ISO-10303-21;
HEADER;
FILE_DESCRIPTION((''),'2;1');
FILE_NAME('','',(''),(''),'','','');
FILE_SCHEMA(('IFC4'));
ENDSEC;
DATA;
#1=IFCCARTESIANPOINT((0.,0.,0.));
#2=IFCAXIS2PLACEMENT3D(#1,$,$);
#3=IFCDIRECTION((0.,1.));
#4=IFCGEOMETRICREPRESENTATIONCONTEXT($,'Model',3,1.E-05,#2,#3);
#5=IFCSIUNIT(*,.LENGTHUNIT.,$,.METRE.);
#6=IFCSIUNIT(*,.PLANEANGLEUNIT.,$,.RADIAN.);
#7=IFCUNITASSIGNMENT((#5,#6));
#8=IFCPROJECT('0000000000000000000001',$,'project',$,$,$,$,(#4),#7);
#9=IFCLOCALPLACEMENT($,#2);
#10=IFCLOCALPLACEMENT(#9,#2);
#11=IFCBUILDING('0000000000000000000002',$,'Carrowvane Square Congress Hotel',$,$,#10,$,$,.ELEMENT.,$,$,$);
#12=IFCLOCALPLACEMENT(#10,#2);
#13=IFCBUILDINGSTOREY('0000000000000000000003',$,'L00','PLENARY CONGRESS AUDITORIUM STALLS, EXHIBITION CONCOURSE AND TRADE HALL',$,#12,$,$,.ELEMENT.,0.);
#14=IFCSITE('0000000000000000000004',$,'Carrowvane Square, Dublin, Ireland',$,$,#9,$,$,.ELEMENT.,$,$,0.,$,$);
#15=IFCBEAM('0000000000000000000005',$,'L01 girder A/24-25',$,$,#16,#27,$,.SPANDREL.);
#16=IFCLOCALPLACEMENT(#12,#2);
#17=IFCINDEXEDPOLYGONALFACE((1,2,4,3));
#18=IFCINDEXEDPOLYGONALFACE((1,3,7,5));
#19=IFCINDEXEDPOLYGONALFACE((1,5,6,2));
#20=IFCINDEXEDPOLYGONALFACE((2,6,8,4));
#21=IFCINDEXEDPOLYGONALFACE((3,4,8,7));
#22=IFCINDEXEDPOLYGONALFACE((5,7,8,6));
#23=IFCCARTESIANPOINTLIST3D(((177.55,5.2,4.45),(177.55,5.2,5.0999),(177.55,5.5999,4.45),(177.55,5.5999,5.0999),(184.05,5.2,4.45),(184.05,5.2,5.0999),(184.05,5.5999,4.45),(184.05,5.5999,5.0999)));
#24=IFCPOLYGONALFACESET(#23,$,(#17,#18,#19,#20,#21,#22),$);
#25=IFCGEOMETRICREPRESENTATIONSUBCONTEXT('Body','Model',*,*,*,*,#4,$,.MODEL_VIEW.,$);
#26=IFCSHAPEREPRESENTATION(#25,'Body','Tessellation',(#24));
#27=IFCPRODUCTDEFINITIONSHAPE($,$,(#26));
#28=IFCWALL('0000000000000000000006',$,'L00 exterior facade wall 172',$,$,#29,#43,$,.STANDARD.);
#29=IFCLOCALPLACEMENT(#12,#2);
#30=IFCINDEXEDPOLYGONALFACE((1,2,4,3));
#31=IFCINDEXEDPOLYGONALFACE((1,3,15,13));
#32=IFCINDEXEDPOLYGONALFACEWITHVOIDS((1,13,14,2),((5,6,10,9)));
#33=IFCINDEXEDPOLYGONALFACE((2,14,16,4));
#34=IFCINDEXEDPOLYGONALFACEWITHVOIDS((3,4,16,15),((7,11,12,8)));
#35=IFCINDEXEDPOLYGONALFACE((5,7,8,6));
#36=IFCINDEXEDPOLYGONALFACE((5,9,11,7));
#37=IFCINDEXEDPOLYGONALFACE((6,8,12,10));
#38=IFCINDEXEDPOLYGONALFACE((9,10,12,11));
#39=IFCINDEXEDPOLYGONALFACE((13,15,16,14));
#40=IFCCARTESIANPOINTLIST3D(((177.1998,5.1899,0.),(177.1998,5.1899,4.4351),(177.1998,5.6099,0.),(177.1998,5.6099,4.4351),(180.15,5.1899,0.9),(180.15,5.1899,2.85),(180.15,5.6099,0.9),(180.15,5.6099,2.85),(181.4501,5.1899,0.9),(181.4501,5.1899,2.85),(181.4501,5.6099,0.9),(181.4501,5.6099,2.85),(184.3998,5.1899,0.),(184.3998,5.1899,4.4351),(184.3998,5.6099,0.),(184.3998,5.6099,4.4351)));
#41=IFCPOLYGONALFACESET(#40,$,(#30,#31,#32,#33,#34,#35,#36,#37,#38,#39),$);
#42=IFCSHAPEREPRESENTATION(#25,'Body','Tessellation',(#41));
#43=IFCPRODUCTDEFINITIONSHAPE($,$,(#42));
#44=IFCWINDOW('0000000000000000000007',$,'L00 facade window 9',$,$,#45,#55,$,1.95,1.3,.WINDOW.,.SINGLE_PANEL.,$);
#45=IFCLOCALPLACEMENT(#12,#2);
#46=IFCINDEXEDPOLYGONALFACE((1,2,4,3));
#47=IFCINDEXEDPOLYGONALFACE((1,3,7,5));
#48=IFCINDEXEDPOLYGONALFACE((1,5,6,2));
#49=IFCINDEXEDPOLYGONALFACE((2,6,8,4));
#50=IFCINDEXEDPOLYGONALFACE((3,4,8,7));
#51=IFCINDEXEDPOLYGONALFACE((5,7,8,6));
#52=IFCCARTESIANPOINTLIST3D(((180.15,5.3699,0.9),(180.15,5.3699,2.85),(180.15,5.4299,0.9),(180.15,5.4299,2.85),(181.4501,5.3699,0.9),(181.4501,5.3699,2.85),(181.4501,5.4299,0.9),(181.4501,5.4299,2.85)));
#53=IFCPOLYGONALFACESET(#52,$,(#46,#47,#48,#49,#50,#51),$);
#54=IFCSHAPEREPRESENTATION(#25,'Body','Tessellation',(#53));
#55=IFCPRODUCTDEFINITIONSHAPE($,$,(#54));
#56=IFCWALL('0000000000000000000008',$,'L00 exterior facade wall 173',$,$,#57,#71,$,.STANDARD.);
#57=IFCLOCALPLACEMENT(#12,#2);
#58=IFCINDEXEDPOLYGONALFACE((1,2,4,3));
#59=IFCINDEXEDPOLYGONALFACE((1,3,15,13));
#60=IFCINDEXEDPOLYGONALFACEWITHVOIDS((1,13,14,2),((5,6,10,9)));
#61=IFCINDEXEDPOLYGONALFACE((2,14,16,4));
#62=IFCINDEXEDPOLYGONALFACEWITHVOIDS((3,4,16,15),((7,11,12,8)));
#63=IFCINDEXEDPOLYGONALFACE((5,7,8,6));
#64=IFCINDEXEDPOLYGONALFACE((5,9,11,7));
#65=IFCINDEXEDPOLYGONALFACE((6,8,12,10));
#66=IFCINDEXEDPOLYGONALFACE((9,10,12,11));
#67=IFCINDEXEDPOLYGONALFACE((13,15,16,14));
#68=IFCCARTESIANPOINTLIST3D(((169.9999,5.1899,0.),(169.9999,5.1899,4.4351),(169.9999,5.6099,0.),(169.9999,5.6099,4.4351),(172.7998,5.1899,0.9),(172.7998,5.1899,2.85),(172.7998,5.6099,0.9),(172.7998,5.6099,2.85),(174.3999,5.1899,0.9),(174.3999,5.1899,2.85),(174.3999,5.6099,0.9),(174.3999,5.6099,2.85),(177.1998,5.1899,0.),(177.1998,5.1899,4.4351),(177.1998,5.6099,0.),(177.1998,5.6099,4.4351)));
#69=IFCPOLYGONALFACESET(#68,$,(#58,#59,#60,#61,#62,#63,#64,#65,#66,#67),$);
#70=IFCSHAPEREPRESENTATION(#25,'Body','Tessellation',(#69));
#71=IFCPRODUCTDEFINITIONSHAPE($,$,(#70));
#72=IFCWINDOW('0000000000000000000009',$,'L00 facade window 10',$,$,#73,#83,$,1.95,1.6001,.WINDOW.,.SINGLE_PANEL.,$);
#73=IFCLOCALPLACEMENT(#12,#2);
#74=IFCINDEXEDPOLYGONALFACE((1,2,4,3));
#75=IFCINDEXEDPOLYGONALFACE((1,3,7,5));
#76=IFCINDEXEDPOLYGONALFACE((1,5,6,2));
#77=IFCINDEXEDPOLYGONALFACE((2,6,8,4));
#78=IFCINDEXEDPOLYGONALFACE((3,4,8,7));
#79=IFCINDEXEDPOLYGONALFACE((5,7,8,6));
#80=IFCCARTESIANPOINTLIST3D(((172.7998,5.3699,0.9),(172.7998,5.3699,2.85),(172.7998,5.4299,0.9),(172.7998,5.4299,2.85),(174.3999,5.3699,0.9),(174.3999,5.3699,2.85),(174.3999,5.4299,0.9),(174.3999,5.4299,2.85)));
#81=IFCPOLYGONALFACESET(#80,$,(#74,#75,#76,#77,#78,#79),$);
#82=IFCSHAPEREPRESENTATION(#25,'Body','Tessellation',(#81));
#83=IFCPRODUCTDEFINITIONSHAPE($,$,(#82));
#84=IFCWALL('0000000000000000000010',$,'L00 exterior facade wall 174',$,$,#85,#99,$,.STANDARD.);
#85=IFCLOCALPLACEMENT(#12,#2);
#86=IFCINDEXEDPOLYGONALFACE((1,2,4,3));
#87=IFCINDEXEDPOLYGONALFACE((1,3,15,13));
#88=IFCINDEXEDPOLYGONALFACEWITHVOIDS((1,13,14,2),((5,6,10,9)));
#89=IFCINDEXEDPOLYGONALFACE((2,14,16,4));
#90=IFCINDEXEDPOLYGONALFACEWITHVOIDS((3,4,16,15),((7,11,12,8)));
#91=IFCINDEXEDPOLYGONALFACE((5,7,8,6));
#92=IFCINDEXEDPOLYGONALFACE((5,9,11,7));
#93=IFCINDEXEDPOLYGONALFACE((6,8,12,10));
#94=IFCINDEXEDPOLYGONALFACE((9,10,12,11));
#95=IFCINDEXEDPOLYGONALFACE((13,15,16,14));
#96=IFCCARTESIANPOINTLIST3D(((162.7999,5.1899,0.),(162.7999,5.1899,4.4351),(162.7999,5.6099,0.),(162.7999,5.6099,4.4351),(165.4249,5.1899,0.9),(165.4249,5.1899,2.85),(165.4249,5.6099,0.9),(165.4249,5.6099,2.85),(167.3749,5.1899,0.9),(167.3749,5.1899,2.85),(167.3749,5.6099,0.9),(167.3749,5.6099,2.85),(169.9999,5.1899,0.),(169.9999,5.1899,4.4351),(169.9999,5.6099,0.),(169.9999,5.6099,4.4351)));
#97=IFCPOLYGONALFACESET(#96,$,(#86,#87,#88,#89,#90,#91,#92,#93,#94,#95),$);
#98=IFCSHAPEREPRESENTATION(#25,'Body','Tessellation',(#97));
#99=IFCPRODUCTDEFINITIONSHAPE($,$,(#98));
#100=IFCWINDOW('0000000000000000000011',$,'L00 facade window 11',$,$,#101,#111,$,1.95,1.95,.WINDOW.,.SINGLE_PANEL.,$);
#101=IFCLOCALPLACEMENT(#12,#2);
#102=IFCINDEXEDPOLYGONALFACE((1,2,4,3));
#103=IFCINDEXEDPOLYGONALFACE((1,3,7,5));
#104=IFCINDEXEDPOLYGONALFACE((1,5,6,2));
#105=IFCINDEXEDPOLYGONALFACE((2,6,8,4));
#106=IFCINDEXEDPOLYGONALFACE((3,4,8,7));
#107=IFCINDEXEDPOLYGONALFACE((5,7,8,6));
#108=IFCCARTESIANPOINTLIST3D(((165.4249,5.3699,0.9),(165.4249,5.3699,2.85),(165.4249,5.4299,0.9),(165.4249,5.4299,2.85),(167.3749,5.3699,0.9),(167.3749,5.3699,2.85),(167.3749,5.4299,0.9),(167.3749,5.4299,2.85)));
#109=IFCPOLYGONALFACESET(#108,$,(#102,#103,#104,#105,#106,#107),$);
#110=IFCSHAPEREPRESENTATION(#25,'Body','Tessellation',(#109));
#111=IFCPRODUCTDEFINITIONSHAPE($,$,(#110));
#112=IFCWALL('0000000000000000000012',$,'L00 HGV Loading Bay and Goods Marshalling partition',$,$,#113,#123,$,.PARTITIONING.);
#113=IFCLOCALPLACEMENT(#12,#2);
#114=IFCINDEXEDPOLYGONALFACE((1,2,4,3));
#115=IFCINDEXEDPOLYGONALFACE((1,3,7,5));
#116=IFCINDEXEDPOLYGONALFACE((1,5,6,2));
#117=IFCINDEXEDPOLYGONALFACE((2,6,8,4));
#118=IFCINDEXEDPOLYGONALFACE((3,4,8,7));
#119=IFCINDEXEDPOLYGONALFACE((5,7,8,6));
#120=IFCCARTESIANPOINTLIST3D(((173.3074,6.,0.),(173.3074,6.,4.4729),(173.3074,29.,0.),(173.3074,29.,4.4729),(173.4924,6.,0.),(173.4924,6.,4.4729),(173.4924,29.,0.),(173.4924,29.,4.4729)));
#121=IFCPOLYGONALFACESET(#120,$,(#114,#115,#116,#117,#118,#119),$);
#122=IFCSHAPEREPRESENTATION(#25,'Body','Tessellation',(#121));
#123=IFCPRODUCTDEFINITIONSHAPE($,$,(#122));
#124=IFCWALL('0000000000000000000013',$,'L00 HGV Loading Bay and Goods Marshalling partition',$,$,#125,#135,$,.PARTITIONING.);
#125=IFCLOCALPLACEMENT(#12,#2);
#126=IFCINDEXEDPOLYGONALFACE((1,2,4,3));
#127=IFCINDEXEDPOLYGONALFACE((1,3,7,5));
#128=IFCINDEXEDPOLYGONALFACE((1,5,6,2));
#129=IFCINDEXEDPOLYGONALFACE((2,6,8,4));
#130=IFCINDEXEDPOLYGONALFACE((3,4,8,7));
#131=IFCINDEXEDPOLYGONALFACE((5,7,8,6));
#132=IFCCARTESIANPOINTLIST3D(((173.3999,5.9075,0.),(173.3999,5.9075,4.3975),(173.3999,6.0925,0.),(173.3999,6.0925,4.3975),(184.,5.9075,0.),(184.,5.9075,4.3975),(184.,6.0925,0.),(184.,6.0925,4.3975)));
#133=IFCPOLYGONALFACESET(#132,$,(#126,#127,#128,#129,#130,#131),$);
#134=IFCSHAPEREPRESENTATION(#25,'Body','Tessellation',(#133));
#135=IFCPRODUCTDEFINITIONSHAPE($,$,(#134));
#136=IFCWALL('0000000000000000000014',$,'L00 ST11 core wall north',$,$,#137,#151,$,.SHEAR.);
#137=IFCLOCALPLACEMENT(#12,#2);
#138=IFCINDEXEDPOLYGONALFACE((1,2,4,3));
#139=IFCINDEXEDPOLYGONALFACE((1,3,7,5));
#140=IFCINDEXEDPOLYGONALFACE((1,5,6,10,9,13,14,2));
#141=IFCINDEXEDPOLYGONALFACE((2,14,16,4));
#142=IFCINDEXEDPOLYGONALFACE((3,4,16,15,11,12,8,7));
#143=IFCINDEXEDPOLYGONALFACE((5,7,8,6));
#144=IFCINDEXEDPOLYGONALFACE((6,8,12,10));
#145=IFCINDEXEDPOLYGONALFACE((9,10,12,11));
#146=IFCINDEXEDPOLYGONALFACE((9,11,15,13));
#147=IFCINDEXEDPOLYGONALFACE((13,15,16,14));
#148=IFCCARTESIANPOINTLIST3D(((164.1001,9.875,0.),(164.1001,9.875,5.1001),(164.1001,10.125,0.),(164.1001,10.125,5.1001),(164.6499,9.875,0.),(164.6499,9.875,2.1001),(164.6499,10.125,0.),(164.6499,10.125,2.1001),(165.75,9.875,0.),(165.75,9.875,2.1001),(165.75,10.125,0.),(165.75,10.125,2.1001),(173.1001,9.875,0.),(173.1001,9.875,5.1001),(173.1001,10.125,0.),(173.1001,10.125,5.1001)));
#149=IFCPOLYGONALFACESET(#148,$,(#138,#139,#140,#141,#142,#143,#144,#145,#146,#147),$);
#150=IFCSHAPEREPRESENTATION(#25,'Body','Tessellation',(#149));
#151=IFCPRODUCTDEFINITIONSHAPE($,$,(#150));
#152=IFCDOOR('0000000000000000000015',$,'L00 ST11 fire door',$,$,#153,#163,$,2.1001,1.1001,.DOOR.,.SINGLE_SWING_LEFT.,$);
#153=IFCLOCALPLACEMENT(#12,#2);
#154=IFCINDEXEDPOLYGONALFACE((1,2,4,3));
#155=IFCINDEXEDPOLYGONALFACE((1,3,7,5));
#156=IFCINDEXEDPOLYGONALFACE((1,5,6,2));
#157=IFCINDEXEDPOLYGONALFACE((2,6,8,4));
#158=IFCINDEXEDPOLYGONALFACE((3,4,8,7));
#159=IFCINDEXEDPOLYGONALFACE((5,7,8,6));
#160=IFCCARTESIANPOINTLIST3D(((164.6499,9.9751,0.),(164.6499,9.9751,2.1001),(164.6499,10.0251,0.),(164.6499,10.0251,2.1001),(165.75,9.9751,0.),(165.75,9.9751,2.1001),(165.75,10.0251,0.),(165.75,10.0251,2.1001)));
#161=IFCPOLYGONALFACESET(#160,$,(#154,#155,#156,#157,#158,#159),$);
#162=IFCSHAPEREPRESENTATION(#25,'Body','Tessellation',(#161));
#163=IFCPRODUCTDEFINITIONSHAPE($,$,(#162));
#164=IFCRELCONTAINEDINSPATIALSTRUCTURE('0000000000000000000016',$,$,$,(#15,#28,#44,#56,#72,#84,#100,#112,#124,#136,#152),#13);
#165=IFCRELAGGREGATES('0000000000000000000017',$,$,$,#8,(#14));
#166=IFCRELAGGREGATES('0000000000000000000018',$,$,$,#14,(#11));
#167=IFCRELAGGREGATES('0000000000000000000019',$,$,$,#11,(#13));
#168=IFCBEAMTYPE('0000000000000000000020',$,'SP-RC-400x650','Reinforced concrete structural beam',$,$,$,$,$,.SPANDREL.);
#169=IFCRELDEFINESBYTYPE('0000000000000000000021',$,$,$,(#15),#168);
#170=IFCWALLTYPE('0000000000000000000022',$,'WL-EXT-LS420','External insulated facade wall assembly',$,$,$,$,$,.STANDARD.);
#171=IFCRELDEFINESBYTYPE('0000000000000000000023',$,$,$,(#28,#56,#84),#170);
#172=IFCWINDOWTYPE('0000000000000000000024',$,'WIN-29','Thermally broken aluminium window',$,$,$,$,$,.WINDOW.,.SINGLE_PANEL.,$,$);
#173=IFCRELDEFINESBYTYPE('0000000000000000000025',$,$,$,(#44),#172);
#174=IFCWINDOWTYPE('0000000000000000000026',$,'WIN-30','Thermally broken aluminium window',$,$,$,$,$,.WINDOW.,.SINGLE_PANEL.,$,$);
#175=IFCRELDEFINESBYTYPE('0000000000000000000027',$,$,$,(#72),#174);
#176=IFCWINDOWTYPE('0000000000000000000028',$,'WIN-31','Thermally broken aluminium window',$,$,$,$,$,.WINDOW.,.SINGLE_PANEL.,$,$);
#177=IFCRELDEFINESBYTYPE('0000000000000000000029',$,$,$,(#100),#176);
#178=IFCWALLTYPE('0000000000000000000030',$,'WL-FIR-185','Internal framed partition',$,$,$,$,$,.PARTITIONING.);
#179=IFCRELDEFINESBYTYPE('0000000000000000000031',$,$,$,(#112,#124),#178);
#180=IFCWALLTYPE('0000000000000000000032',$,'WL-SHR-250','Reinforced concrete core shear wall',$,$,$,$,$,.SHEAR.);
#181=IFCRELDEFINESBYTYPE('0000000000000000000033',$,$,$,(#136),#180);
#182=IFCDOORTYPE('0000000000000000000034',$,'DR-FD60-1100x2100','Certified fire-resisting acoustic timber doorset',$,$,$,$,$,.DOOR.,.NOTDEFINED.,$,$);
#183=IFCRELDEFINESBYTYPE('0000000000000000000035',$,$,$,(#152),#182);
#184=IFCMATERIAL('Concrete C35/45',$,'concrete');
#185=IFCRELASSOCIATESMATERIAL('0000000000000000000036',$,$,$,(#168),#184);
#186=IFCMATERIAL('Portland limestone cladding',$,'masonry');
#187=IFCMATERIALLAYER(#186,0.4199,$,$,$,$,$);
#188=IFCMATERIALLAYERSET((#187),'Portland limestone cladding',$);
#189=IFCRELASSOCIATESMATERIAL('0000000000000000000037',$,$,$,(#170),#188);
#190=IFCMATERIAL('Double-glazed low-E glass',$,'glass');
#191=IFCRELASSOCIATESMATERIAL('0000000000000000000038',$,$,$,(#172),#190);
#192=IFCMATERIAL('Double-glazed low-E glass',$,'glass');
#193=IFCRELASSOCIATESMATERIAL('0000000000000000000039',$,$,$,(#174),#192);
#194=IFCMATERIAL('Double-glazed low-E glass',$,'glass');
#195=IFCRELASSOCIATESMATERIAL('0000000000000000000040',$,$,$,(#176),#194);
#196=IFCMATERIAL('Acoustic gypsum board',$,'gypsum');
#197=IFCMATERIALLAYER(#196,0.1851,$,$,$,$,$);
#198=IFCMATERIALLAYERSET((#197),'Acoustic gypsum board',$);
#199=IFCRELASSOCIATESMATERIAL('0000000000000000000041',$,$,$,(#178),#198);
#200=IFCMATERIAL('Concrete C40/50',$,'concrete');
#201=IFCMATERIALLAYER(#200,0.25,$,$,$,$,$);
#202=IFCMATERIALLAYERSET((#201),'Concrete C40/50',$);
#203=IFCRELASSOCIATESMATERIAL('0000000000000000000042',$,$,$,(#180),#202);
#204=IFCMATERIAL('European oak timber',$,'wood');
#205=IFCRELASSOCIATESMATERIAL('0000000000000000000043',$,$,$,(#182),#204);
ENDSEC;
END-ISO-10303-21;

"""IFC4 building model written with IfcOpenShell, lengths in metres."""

from ifc_helpers import new_model, si_unit, direction, frame, frame_2d, origin, origin_2d, place, context, subcontext, project, spatial, rectangle, extrude, material, layer, layer_set, material_profile, profile_set, type_object, element, fill, save


model = new_model("IFC4")

# Units and contexts
model_context = context("Model", 3, precision=1e-05, world=origin(), true_north=direction((0.0, 1.0)))
body_context = subcontext(model_context, "Body", "Model", "MODEL_VIEW")
ifc_project = project(units=[si_unit("LENGTHUNIT", "METRE"), si_unit("PLANEANGLEUNIT", "RADIAN")], contexts=[model_context])

# Site, building, storey
site_placement = place(None, origin())
site = spatial("IfcSite", under=ifc_project, at=site_placement, Name="Carrowvane Square, Dublin, Ireland", CompositionType="ELEMENT", RefElevation=0.0)
building_placement = place(site_placement, origin())
building = spatial("IfcBuilding", under=site, at=building_placement, Name="Carrowvane Square Congress Hotel", CompositionType="ELEMENT")
storey_placement = place(building_placement, origin())
storey = spatial("IfcBuildingStorey", under=building, at=storey_placement, Name="L00", Description="PLENARY CONGRESS AUDITORIUM STALLS, EXHIBITION CONCOURSE AND TRADE HALL", CompositionType="ELEMENT", Elevation=0.0)

# Beam
ifc_material_1 = material(Name="Concrete C35/45", Category="concrete")
ifc_material_profile_1 = material_profile(ifc_material_1, rectangle(XDim=0.3999, YDim=0.6499, at=origin_2d()), Name="RC 400x650")
ifc_profile_set_1 = profile_set([ifc_material_profile_1], Name="Concrete C35/45")
beam_type_1 = type_object("IfcBeamType", Name="SP-RC-400x650", Description="Reinforced concrete structural beam", PredefinedType="SPANDREL", material=ifc_profile_set_1)
for number, where, z_axis, x_axis, name in (
    (1, (177.55, 5.3999, 4.7749), (1.0, 0.0, 0.0), (0.0, 1.0, 0.0), "L01 girder A/24-25"),
):
    element("IfcBeam", number, at=place(storey_placement, frame(where, z_axis=z_axis, x_axis=x_axis)), inside=storey, type_object=beam_type_1, Name=name, PredefinedType="SPANDREL", context=body_context, shape_type="SweptSolid", body=[
        extrude(rectangle(XDim=0.3999, YDim=0.6499, at=origin_2d()), origin(), (0.0, 0.0, 1.0), 6.5),
    ])

# Walls, openings, windows
ifc_material_2 = material(Name="Portland limestone cladding", Category="masonry")
ifc_layer_1 = layer(ifc_material_2, 0.4199)
ifc_layer_set_1 = layer_set([ifc_layer_1], Name="Portland limestone cladding")
wall_type_1 = type_object("IfcWallType", Name="WL-EXT-LS420", Description="External insulated facade wall assembly", PredefinedType="STANDARD", material=ifc_layer_set_1)
wall_1_placement = place(storey_placement, frame((184.3999, 5.3999, 0.0), z_axis=(0.0, 0.0, 1.0), x_axis=(-1.0, 0.0, 0.0)))
wall_1 = element("IfcWall", 2, at=wall_1_placement, inside=storey, type_object=wall_type_1, Name="L00 exterior facade wall 172", PredefinedType="STANDARD", context=body_context, shape_type="SweptSolid", body=[
    extrude(rectangle(XDim=7.2, YDim=0.4199, at=frame_2d((3.6001, 0.0))), origin(), (0.0, 0.0, 1.0), 4.4351),
])
opening_1_placement = place(wall_1_placement, frame((2.95, 0.0, 0.8999)))
opening_1 = element("IfcOpeningElement", 3, at=opening_1_placement, cuts=wall_1, PredefinedType="OPENING", context=body_context, shape_type="SweptSolid", body=[
    extrude(rectangle(XDim=1.3, YDim=1.95, at=frame_2d((0.6499, 0.9751))), frame((0.0, 0.22, 0.0), z_axis=(0.0, -1.0, 0.0), x_axis=(1.0, 0.0, 0.0)), (0.0, 0.0, 1.0), 0.4399),
])
ifc_material_3 = material(Name="Double-glazed low-E glass", Category="glass")
window_type_1 = type_object("IfcWindowType", Name="WIN-29", Description="Thermally broken aluminium window", PartitioningType="SINGLE_PANEL", PredefinedType="WINDOW", material=ifc_material_3)
window_1_placement = place(opening_1_placement, origin())
window_1 = element("IfcWindow", 4, at=window_1_placement, inside=storey, type_object=window_type_1, Name="L00 facade window 9", OverallHeight=1.95, OverallWidth=1.3, PartitioningType="SINGLE_PANEL", PredefinedType="WINDOW", context=body_context, shape_type="SweptSolid", body=[
    extrude(rectangle(XDim=1.3, YDim=1.95, at=frame_2d((0.6499, 0.9751))), frame((0.0, 0.03, 0.0), z_axis=(0.0, -1.0, 0.0), x_axis=(1.0, 0.0, 0.0)), (0.0, 0.0, 1.0), 0.0601),
])
fill(opening_1, window_1)
wall_2_placement = place(storey_placement, frame((177.2, 5.3999, 0.0), z_axis=(0.0, 0.0, 1.0), x_axis=(-1.0, 0.0, 0.0)))
wall_2 = element("IfcWall", 5, at=wall_2_placement, inside=storey, type_object=wall_type_1, Name="L00 exterior facade wall 173", PredefinedType="STANDARD", context=body_context, shape_type="SweptSolid", body=[
    extrude(rectangle(XDim=7.2, YDim=0.4199, at=frame_2d((3.6001, 0.0))), origin(), (0.0, 0.0, 1.0), 4.4351),
])
opening_2_placement = place(wall_2_placement, frame((2.8, 0.0, 0.8999)))
opening_2 = element("IfcOpeningElement", 6, at=opening_2_placement, cuts=wall_2, PredefinedType="OPENING", context=body_context, shape_type="SweptSolid", body=[
    extrude(rectangle(XDim=1.6001, YDim=1.95, at=frame_2d((0.8, 0.9751))), frame((0.0, 0.22, 0.0), z_axis=(0.0, -1.0, 0.0), x_axis=(1.0, 0.0, 0.0)), (0.0, 0.0, 1.0), 0.4399),
])
ifc_material_4 = material(Name="Double-glazed low-E glass", Category="glass")
window_type_2 = type_object("IfcWindowType", Name="WIN-30", Description="Thermally broken aluminium window", PartitioningType="SINGLE_PANEL", PredefinedType="WINDOW", material=ifc_material_4)
window_2_placement = place(opening_2_placement, origin())
window_2 = element("IfcWindow", 7, at=window_2_placement, inside=storey, type_object=window_type_2, Name="L00 facade window 10", OverallHeight=1.95, OverallWidth=1.6001, PartitioningType="SINGLE_PANEL", PredefinedType="WINDOW", context=body_context, shape_type="SweptSolid", body=[
    extrude(rectangle(XDim=1.6001, YDim=1.95, at=frame_2d((0.8, 0.9751))), frame((0.0, 0.03, 0.0), z_axis=(0.0, -1.0, 0.0), x_axis=(1.0, 0.0, 0.0)), (0.0, 0.0, 1.0), 0.0601),
])
fill(opening_2, window_2)
wall_3_placement = place(storey_placement, frame((170.0, 5.3999, 0.0), z_axis=(0.0, 0.0, 1.0), x_axis=(-1.0, 0.0, 0.0)))
wall_3 = element("IfcWall", 8, at=wall_3_placement, inside=storey, type_object=wall_type_1, Name="L00 exterior facade wall 174", PredefinedType="STANDARD", context=body_context, shape_type="SweptSolid", body=[
    extrude(rectangle(XDim=7.2, YDim=0.4199, at=frame_2d((3.6001, 0.0))), origin(), (0.0, 0.0, 1.0), 4.4351),
])
opening_3_placement = place(wall_3_placement, frame((2.625, 0.0, 0.8999)))
opening_3 = element("IfcOpeningElement", 9, at=opening_3_placement, cuts=wall_3, PredefinedType="OPENING", context=body_context, shape_type="SweptSolid", body=[
    extrude(rectangle(XDim=1.95, YDim=1.95, at=frame_2d((0.9751, 0.9751))), frame((0.0, 0.22, 0.0), z_axis=(0.0, -1.0, 0.0), x_axis=(1.0, 0.0, 0.0)), (0.0, 0.0, 1.0), 0.4399),
])
ifc_material_5 = material(Name="Double-glazed low-E glass", Category="glass")
window_type_3 = type_object("IfcWindowType", Name="WIN-31", Description="Thermally broken aluminium window", PartitioningType="SINGLE_PANEL", PredefinedType="WINDOW", material=ifc_material_5)
window_3_placement = place(opening_3_placement, origin())
window_3 = element("IfcWindow", 10, at=window_3_placement, inside=storey, type_object=window_type_3, Name="L00 facade window 11", OverallHeight=1.95, OverallWidth=1.95, PartitioningType="SINGLE_PANEL", PredefinedType="WINDOW", context=body_context, shape_type="SweptSolid", body=[
    extrude(rectangle(XDim=1.95, YDim=1.95, at=frame_2d((0.9751, 0.9751))), frame((0.0, 0.03, 0.0), z_axis=(0.0, -1.0, 0.0), x_axis=(1.0, 0.0, 0.0)), (0.0, 0.0, 1.0), 0.0601),
])
fill(opening_3, window_3)

# Walls
ifc_material_6 = material(Name="Acoustic gypsum board", Category="gypsum")
ifc_layer_2 = layer(ifc_material_6, 0.1851)
ifc_layer_set_2 = layer_set([ifc_layer_2], Name="Acoustic gypsum board")
wall_type_2 = type_object("IfcWallType", Name="WL-FIR-185", Description="Internal framed partition", PredefinedType="PARTITIONING", material=ifc_layer_set_2)
wall_4_placement = place(storey_placement, frame((173.3999, 6.0, 0.0), z_axis=(0.0, 0.0, 1.0), x_axis=(0.0, 1.0, 0.0)))
element("IfcWall", 11, at=wall_4_placement, inside=storey, type_object=wall_type_2, Name="L00 HGV Loading Bay and Goods Marshalling partition", PredefinedType="PARTITIONING", context=body_context, shape_type="SweptSolid", body=[
    extrude(rectangle(XDim=23.0, YDim=0.1851, at=frame_2d((11.5, 0.0))), origin(), (0.0, 0.0, 1.0), 4.4729),
])
wall_5_placement = place(storey_placement, frame((184.0, 6.0, 0.0), z_axis=(0.0, 0.0, 1.0), x_axis=(-1.0, 0.0, 0.0)))
element("IfcWall", 12, at=wall_5_placement, inside=storey, type_object=wall_type_2, Name="L00 HGV Loading Bay and Goods Marshalling partition", PredefinedType="PARTITIONING", context=body_context, shape_type="SweptSolid", body=[
    extrude(rectangle(XDim=10.6001, YDim=0.1851, at=frame_2d((5.3, 0.0))), origin(), (0.0, 0.0, 1.0), 4.3975),
])

# Wall, opening, door
ifc_material_7 = material(Name="Concrete C40/50", Category="concrete")
ifc_layer_3 = layer(ifc_material_7, 0.25)
ifc_layer_set_3 = layer_set([ifc_layer_3], Name="Concrete C40/50")
wall_type_3 = type_object("IfcWallType", Name="WL-SHR-250", Description="Reinforced concrete core shear wall", PredefinedType="SHEAR", material=ifc_layer_set_3)
wall_6_placement = place(storey_placement, frame((173.1001, 10.0, 0.0), z_axis=(0.0, 0.0, 1.0), x_axis=(-1.0, 0.0, 0.0)))
wall_6 = element("IfcWall", 13, at=wall_6_placement, inside=storey, type_object=wall_type_3, Name="L00 ST11 core wall north", PredefinedType="SHEAR", context=body_context, shape_type="SweptSolid", body=[
    extrude(rectangle(XDim=9.0, YDim=0.25, at=frame_2d((4.5, 0.0))), origin(), (0.0, 0.0, 1.0), 5.1001),
])
opening_4_placement = place(wall_6_placement, frame((7.3501, 0.0, 0.0)))
opening_4 = element("IfcOpeningElement", 14, at=opening_4_placement, cuts=wall_6, PredefinedType="OPENING", context=body_context, shape_type="SweptSolid", body=[
    extrude(rectangle(XDim=1.1001, YDim=2.1001, at=frame_2d((0.55, 1.05))), frame((0.0, 0.135, 0.0), z_axis=(0.0, -1.0, 0.0), x_axis=(1.0, 0.0, 0.0)), (0.0, 0.0, 1.0), 0.27),
])
ifc_material_8 = material(Name="European oak timber", Category="wood")
door_type = type_object("IfcDoorType", Name="DR-FD60-1100x2100", Description="Certified fire-resisting acoustic timber doorset", OperationType="NOTDEFINED", PredefinedType="DOOR", material=ifc_material_8)
door_placement = place(opening_4_placement, origin())
door = element("IfcDoor", 15, at=door_placement, inside=storey, type_object=door_type, Name="L00 ST11 fire door", OperationType="SINGLE_SWING_LEFT", OverallHeight=2.1001, OverallWidth=1.1001, PredefinedType="DOOR", context=body_context, shape_type="SweptSolid", body=[
    extrude(rectangle(XDim=1.1001, YDim=2.1001, at=frame_2d((0.55, 1.05))), frame((0.0, 0.0249, 0.0), z_axis=(0.0, -1.0, 0.0), x_axis=(1.0, 0.0, 0.0)), (0.0, 0.0, 1.0), 0.05),
])
fill(opening_4, door)

save(model, "model.ifc")
